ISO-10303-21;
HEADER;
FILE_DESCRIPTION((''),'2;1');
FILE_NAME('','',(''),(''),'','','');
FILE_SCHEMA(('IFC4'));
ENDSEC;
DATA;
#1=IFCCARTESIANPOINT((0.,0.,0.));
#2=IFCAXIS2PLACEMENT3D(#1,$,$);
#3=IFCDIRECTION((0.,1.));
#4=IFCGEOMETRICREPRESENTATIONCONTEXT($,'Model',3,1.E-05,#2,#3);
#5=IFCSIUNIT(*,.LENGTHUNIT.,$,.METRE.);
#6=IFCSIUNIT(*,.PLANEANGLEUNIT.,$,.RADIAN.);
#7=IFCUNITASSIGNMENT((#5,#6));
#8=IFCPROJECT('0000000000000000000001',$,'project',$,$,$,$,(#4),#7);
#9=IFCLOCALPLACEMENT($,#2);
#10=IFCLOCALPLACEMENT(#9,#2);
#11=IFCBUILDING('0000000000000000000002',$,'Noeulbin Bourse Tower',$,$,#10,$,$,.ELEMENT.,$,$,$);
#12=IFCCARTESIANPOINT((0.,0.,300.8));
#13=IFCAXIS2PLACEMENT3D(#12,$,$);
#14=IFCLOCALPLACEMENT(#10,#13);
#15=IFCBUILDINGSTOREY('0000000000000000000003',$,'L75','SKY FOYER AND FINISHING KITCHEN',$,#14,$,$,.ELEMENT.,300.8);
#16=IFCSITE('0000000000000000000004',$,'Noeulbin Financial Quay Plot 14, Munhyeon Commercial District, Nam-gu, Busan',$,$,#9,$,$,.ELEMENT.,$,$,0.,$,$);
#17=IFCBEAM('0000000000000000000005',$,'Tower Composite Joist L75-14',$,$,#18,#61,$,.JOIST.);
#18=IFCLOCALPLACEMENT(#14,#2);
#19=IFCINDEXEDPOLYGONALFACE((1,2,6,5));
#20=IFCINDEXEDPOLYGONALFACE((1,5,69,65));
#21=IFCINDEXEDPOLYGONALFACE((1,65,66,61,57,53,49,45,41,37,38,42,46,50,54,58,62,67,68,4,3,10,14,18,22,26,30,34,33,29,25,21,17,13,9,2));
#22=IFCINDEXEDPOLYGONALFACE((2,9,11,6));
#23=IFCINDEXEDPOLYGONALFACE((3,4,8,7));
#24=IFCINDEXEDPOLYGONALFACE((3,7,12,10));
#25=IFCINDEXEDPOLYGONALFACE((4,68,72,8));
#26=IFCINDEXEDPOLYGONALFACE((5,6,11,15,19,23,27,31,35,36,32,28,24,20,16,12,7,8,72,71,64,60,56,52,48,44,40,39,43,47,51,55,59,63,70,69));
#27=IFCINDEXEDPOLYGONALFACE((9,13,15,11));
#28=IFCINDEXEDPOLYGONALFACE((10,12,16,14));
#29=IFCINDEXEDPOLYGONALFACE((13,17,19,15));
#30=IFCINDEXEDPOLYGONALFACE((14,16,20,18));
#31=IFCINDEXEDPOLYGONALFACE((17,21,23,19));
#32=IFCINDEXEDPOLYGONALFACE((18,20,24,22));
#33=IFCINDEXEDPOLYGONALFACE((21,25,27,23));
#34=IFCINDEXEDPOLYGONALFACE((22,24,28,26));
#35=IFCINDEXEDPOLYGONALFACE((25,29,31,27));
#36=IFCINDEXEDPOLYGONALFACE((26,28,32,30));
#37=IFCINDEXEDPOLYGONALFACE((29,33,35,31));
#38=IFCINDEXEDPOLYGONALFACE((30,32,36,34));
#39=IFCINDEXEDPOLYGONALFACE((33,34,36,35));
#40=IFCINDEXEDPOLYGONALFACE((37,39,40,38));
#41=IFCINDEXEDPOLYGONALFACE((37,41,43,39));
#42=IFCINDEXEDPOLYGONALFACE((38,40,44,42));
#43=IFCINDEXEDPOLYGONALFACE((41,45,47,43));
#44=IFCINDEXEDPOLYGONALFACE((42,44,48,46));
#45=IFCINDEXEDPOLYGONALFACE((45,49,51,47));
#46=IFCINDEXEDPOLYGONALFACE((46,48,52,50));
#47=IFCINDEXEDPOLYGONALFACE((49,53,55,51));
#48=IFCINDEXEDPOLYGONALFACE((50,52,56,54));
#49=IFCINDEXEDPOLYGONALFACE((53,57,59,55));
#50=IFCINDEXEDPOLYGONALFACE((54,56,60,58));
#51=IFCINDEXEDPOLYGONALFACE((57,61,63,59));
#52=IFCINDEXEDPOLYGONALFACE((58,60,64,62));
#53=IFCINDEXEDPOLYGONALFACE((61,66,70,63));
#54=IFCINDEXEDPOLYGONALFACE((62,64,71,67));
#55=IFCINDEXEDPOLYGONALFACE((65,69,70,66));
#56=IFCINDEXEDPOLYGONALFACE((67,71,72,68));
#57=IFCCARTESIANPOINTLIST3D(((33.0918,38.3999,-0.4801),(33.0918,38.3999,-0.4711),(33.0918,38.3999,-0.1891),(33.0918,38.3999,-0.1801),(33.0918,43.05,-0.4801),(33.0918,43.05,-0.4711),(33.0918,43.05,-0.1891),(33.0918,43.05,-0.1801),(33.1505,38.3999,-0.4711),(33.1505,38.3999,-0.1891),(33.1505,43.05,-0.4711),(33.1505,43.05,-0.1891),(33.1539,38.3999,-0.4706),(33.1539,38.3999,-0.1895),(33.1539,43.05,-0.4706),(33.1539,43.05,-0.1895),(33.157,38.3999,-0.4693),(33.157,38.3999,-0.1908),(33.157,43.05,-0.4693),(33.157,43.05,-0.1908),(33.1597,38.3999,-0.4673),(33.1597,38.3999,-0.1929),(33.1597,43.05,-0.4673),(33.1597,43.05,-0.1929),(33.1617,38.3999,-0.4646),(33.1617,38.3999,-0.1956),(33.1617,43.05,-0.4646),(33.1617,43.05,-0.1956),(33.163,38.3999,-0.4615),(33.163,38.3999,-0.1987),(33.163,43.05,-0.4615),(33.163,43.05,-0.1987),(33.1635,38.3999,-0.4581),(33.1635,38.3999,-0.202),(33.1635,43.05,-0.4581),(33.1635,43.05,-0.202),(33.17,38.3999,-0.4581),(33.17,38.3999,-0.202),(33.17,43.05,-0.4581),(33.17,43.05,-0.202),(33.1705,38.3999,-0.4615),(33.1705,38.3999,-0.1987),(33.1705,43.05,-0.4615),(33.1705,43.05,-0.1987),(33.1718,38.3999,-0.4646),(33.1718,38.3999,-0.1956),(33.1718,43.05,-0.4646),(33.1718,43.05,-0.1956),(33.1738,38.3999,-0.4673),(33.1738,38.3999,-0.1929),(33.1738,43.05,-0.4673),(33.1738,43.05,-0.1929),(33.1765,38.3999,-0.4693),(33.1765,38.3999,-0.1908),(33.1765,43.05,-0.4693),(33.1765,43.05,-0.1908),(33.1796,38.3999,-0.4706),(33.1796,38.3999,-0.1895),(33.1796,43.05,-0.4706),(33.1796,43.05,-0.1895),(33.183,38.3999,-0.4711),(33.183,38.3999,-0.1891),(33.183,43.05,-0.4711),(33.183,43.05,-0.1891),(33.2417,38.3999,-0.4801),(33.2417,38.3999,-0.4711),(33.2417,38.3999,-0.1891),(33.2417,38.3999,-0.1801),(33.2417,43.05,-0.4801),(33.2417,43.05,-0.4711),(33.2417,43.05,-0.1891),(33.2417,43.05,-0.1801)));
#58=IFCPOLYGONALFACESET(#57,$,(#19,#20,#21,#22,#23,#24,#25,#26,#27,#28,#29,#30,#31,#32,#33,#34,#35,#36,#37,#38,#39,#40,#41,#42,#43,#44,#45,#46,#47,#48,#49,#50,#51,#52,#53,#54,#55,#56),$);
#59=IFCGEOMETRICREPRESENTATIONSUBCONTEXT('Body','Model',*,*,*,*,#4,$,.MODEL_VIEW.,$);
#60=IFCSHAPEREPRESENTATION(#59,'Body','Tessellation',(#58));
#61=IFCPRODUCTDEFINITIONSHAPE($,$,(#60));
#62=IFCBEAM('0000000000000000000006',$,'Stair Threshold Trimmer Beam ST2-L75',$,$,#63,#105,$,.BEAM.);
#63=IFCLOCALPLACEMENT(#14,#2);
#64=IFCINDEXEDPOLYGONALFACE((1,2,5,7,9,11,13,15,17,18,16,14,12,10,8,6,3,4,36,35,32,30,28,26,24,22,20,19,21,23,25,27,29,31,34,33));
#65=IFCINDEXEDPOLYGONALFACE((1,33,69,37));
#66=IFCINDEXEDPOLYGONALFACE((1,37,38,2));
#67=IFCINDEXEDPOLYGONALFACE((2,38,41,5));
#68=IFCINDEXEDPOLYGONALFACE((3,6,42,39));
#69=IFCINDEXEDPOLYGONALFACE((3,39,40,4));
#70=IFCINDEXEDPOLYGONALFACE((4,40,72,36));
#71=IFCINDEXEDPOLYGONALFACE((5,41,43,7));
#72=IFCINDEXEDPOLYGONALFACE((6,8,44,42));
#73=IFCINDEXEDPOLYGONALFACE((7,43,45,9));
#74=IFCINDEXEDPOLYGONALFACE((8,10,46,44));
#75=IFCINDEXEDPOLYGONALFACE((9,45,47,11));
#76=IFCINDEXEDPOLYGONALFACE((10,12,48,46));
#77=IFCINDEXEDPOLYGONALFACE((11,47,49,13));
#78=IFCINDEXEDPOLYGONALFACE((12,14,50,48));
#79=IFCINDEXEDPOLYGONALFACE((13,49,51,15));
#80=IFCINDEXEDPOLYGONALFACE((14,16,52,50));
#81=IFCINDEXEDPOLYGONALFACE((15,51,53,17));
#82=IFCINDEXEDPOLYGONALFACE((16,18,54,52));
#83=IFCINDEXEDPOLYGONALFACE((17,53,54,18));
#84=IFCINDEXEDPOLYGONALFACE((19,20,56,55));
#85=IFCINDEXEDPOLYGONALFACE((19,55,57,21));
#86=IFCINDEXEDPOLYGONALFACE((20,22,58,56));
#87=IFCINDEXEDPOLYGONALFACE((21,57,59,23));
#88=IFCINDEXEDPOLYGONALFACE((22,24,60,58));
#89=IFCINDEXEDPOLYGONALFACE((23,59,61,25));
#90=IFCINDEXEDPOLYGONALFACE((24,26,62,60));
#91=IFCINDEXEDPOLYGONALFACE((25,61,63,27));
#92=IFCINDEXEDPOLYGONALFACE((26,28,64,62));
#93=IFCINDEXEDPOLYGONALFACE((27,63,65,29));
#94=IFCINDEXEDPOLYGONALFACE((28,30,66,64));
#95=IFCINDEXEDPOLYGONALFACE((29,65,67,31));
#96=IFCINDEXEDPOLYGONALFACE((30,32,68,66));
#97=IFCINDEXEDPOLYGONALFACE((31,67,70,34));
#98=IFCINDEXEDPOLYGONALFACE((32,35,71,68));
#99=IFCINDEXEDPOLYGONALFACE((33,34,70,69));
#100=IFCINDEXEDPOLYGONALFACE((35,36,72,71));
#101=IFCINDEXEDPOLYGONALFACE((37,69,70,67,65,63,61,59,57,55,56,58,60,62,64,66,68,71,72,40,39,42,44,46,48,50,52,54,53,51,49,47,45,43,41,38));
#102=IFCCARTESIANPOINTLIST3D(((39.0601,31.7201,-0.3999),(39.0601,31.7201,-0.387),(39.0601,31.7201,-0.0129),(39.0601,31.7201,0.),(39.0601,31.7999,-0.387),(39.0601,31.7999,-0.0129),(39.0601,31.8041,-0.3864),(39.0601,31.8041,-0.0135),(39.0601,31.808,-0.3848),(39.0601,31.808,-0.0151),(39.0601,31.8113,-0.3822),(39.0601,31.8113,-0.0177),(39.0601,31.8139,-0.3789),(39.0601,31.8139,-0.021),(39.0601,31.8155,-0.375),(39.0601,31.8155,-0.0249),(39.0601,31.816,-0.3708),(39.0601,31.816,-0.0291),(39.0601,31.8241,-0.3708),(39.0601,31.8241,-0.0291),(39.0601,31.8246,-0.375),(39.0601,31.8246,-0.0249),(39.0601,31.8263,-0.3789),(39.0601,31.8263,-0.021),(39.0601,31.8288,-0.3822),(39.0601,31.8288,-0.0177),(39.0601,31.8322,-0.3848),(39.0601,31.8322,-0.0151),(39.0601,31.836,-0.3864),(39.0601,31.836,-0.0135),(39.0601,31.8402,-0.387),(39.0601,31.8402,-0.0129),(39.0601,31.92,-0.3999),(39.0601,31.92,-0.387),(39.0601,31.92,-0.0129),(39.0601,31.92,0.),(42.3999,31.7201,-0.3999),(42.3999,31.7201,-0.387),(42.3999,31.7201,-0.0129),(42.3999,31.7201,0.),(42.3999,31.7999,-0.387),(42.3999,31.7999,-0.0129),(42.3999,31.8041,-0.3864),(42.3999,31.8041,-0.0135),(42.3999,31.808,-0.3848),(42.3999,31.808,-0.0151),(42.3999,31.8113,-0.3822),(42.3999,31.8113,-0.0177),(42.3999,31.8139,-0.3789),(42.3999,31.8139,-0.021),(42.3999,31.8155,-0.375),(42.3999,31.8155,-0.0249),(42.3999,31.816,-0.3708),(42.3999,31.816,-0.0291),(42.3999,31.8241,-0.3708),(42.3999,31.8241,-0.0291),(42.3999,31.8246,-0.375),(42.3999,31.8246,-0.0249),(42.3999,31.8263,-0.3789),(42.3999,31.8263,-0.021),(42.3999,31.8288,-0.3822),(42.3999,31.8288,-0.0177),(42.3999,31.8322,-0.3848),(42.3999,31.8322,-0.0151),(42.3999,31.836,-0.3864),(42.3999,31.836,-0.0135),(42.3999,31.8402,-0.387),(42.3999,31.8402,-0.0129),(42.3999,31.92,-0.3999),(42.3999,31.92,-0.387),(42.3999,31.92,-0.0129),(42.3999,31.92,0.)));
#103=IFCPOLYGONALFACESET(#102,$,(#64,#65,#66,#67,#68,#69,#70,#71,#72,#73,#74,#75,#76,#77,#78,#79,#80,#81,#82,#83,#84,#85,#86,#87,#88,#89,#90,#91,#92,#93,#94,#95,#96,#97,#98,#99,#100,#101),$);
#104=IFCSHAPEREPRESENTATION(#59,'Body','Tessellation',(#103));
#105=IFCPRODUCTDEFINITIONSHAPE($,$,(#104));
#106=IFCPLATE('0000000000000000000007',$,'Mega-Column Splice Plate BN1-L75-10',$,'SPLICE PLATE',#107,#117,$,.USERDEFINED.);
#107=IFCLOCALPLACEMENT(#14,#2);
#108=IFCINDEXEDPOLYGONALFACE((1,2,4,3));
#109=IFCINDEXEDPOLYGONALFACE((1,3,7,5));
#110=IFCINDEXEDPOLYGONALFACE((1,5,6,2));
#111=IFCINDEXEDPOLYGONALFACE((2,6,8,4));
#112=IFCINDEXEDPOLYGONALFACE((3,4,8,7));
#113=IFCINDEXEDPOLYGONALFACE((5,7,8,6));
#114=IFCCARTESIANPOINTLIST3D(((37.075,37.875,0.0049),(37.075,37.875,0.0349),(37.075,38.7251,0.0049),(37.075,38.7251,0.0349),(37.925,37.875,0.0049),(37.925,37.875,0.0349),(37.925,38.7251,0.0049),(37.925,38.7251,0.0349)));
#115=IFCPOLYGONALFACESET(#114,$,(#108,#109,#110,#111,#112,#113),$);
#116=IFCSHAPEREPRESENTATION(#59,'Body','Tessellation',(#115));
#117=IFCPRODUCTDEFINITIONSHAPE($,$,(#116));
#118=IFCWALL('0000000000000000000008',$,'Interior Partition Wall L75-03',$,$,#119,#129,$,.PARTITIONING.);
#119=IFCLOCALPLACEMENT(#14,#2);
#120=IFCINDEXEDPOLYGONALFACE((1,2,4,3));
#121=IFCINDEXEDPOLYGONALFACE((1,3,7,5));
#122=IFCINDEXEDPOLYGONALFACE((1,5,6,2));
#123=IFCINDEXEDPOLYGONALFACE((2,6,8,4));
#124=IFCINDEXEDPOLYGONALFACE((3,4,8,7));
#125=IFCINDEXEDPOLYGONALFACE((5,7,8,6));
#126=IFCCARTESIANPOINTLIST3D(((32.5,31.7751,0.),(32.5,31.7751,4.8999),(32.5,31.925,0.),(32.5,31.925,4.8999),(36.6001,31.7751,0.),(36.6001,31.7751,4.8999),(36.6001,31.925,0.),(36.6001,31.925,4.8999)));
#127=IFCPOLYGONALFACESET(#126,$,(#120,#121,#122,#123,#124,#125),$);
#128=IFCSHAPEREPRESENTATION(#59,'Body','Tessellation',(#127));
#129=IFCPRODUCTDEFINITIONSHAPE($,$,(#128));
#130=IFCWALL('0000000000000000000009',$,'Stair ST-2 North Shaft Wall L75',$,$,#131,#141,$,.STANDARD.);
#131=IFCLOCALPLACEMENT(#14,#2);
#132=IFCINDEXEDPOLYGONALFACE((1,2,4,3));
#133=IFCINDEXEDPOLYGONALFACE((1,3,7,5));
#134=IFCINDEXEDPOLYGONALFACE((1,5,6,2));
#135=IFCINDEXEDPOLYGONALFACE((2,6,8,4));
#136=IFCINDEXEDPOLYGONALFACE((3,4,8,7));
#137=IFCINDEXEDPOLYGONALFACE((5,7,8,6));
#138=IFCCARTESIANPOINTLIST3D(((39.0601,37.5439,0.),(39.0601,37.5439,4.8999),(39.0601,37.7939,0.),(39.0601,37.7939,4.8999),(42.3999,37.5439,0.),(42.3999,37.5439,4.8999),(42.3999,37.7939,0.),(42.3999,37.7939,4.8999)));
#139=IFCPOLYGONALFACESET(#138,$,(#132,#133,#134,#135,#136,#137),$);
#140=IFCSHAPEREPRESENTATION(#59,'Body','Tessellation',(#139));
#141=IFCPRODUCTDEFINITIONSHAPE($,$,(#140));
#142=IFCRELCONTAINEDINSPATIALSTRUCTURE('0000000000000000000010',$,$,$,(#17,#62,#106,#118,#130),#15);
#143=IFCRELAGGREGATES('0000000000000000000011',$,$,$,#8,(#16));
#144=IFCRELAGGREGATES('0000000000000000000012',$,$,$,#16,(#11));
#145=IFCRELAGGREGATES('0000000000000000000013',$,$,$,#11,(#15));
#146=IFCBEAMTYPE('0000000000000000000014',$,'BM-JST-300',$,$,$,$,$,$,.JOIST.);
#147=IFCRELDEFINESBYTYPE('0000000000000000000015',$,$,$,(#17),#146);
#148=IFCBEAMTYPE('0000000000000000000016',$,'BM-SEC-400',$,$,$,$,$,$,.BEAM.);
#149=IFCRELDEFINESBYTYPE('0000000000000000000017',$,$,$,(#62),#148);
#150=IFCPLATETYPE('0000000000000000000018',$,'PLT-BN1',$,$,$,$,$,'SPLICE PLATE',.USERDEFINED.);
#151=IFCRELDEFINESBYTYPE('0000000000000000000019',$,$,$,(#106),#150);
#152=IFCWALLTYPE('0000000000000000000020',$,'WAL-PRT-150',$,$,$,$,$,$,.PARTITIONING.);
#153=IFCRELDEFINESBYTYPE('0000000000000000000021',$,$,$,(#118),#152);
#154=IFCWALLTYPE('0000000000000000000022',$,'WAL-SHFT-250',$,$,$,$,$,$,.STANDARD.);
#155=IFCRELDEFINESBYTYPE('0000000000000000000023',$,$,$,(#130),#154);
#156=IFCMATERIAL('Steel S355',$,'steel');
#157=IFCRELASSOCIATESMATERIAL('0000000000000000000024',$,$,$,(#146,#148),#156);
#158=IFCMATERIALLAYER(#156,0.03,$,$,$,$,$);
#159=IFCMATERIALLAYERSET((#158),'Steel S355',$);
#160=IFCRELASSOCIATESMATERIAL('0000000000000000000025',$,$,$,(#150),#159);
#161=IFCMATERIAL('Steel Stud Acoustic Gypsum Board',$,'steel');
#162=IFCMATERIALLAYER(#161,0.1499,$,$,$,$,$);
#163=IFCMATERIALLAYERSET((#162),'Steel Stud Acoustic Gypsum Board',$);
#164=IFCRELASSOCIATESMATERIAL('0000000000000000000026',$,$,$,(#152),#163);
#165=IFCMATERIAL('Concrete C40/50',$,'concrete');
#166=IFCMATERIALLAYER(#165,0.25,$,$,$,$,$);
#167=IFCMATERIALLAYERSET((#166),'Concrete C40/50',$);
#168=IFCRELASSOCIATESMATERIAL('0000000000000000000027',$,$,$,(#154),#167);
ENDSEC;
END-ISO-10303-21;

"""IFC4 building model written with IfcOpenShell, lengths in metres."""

from ifc_helpers import new_model, si_unit, direction, frame, frame_2d, origin, origin_2d, place, context, subcontext, project, spatial, rectangle, i_section, extrude, material, layer, layer_set, material_profile, profile_set, type_object, element, save


model = new_model("IFC4")

# Units and contexts
model_context = context("Model", 3, precision=1e-05, world=origin(), true_north=direction((0.0, 1.0)))
body_context = subcontext(model_context, "Body", "Model", "MODEL_VIEW")
ifc_project = project(units=[si_unit("LENGTHUNIT", "METRE"), si_unit("PLANEANGLEUNIT", "RADIAN")], contexts=[model_context])

# Site, building, storey
site_placement = place(None, origin())
site = spatial("IfcSite", under=ifc_project, at=site_placement, Name="Noeulbin Financial Quay Plot 14, Munhyeon Commercial District, Nam-gu, Busan", CompositionType="ELEMENT", RefElevation=0.0)
building_placement = place(site_placement, origin())
building = spatial("IfcBuilding", under=site, at=building_placement, Name="Noeulbin Bourse Tower", CompositionType="ELEMENT")
storey_placement = place(building_placement, frame((0.0, 0.0, 300.8)))
storey = spatial("IfcBuildingStorey", under=building, at=storey_placement, Name="L75", Description="SKY FOYER AND FINISHING KITCHEN", CompositionType="ELEMENT", Elevation=300.8)

# Shared definitions
ifc_material_1 = material(Name="Steel S355", Category="steel")

# Beams
ifc_material_profile_1 = material_profile(ifc_material_1, i_section(OverallWidth=0.1499, OverallDepth=0.3, WebThickness=0.0066, FlangeThickness=0.009, FilletRadius=0.0129, at=origin_2d()), Name="H-300x150x6.5x9", Category="LoadBearing")
ifc_profile_set_1 = profile_set([ifc_material_profile_1], Name="Steel S355")
beam_type_1 = type_object("IfcBeamType", Name="BM-JST-300", PredefinedType="JOIST", material=ifc_profile_set_1)
for number, where, z_axis, x_axis, name in (
    (1, (33.1667, 38.3999, -0.3301), (0.0, 1.0, 0.0), (-1.0, 0.0, 0.0), "Tower Composite Joist L75-14"),
):
    element("IfcBeam", number, at=place(storey_placement, frame(where, z_axis=z_axis, x_axis=x_axis)), inside=storey, type_object=beam_type_1, Name=name, PredefinedType="JOIST", context=body_context, shape_type="SweptSolid", body=[
        extrude(i_section(OverallWidth=0.1499, OverallDepth=0.3, WebThickness=0.0066, FlangeThickness=0.009, FilletRadius=0.0129, at=origin_2d()), origin(), (0.0, 0.0, 1.0), 4.6501),
    ])
ifc_material_profile_2 = material_profile(ifc_material_1, i_section(OverallWidth=0.2, OverallDepth=0.3999, WebThickness=0.0081, FlangeThickness=0.0129, FilletRadius=0.0161, at=origin_2d()), Name="H-400x200x8x13", Category="LoadBearing")
ifc_profile_set_2 = profile_set([ifc_material_profile_2], Name="Steel S355")
beam_type_2 = type_object("IfcBeamType", Name="BM-SEC-400", PredefinedType="BEAM", material=ifc_profile_set_2)
beam_1_placement = place(storey_placement, frame((39.0601, 31.8201, -0.2), z_axis=(1.0, 0.0, 0.0), x_axis=(0.0, 1.0, 0.0)))
element("IfcBeam", 2, at=beam_1_placement, inside=storey, type_object=beam_type_2, Name="Stair Threshold Trimmer Beam ST2-L75", PredefinedType="BEAM", context=body_context, shape_type="SweptSolid", body=[
    extrude(i_section(OverallWidth=0.2, OverallDepth=0.3999, WebThickness=0.0081, FlangeThickness=0.0129, FilletRadius=0.0161, at=origin_2d()), origin(), (0.0, 0.0, 1.0), 3.3398),
])

# Plate
ifc_layer_1 = layer(ifc_material_1, 0.03)
ifc_layer_set_1 = layer_set([ifc_layer_1], Name="Steel S355")
plate_type = type_object("IfcPlateType", Name="PLT-BN1", ElementType="SPLICE PLATE", PredefinedType="USERDEFINED", material=ifc_layer_set_1)
plate_placement = place(storey_placement, frame((37.5, 38.3, 0.0049), z_axis=(0.0, 0.0, 1.0), x_axis=(1.0, 0.0, 0.0)))
element("IfcPlate", 3, at=plate_placement, inside=storey, type_object=plate_type, Name="Mega-Column Splice Plate BN1-L75-10", ObjectType="SPLICE PLATE", PredefinedType="USERDEFINED", context=body_context, shape_type="SweptSolid", body=[
    extrude(rectangle(XDim=0.8501, YDim=0.8501, at=origin_2d()), origin(), (0.0, 0.0, 1.0), 0.03),
])

# Walls
ifc_material_2 = material(Name="Steel Stud Acoustic Gypsum Board", Category="steel")
ifc_layer_2 = layer(ifc_material_2, 0.1499)
ifc_layer_set_2 = layer_set([ifc_layer_2], Name="Steel Stud Acoustic Gypsum Board")
wall_type_1 = type_object("IfcWallType", Name="WAL-PRT-150", PredefinedType="PARTITIONING", material=ifc_layer_set_2)
wall_1_placement = place(storey_placement, frame((32.5, 31.8501, 0.0), z_axis=(0.0, 0.0, 1.0), x_axis=(1.0, 0.0, 0.0)))
element("IfcWall", 4, at=wall_1_placement, inside=storey, type_object=wall_type_1, Name="Interior Partition Wall L75-03", PredefinedType="PARTITIONING", context=body_context, shape_type="SweptSolid", body=[
    extrude(rectangle(XDim=4.1001, YDim=0.1499, at=frame_2d((2.05, 0.0))), origin(), (0.0, 0.0, 1.0), 4.8999),
])
ifc_material_3 = material(Name="Concrete C40/50", Category="concrete")
ifc_layer_3 = layer(ifc_material_3, 0.25)
ifc_layer_set_3 = layer_set([ifc_layer_3], Name="Concrete C40/50")
wall_type_2 = type_object("IfcWallType", Name="WAL-SHFT-250", PredefinedType="STANDARD", material=ifc_layer_set_3)
wall_2_placement = place(storey_placement, frame((39.0601, 37.6689, 0.0), z_axis=(0.0, 0.0, 1.0), x_axis=(1.0, 0.0, 0.0)))
element("IfcWall", 5, at=wall_2_placement, inside=storey, type_object=wall_type_2, Name="Stair ST-2 North Shaft Wall L75", PredefinedType="STANDARD", context=body_context, shape_type="SweptSolid", body=[
    extrude(rectangle(XDim=3.3398, YDim=0.25, at=frame_2d((1.6699, 0.0))), origin(), (0.0, 0.0, 1.0), 4.8999),
])

save(model, "model.ifc")
